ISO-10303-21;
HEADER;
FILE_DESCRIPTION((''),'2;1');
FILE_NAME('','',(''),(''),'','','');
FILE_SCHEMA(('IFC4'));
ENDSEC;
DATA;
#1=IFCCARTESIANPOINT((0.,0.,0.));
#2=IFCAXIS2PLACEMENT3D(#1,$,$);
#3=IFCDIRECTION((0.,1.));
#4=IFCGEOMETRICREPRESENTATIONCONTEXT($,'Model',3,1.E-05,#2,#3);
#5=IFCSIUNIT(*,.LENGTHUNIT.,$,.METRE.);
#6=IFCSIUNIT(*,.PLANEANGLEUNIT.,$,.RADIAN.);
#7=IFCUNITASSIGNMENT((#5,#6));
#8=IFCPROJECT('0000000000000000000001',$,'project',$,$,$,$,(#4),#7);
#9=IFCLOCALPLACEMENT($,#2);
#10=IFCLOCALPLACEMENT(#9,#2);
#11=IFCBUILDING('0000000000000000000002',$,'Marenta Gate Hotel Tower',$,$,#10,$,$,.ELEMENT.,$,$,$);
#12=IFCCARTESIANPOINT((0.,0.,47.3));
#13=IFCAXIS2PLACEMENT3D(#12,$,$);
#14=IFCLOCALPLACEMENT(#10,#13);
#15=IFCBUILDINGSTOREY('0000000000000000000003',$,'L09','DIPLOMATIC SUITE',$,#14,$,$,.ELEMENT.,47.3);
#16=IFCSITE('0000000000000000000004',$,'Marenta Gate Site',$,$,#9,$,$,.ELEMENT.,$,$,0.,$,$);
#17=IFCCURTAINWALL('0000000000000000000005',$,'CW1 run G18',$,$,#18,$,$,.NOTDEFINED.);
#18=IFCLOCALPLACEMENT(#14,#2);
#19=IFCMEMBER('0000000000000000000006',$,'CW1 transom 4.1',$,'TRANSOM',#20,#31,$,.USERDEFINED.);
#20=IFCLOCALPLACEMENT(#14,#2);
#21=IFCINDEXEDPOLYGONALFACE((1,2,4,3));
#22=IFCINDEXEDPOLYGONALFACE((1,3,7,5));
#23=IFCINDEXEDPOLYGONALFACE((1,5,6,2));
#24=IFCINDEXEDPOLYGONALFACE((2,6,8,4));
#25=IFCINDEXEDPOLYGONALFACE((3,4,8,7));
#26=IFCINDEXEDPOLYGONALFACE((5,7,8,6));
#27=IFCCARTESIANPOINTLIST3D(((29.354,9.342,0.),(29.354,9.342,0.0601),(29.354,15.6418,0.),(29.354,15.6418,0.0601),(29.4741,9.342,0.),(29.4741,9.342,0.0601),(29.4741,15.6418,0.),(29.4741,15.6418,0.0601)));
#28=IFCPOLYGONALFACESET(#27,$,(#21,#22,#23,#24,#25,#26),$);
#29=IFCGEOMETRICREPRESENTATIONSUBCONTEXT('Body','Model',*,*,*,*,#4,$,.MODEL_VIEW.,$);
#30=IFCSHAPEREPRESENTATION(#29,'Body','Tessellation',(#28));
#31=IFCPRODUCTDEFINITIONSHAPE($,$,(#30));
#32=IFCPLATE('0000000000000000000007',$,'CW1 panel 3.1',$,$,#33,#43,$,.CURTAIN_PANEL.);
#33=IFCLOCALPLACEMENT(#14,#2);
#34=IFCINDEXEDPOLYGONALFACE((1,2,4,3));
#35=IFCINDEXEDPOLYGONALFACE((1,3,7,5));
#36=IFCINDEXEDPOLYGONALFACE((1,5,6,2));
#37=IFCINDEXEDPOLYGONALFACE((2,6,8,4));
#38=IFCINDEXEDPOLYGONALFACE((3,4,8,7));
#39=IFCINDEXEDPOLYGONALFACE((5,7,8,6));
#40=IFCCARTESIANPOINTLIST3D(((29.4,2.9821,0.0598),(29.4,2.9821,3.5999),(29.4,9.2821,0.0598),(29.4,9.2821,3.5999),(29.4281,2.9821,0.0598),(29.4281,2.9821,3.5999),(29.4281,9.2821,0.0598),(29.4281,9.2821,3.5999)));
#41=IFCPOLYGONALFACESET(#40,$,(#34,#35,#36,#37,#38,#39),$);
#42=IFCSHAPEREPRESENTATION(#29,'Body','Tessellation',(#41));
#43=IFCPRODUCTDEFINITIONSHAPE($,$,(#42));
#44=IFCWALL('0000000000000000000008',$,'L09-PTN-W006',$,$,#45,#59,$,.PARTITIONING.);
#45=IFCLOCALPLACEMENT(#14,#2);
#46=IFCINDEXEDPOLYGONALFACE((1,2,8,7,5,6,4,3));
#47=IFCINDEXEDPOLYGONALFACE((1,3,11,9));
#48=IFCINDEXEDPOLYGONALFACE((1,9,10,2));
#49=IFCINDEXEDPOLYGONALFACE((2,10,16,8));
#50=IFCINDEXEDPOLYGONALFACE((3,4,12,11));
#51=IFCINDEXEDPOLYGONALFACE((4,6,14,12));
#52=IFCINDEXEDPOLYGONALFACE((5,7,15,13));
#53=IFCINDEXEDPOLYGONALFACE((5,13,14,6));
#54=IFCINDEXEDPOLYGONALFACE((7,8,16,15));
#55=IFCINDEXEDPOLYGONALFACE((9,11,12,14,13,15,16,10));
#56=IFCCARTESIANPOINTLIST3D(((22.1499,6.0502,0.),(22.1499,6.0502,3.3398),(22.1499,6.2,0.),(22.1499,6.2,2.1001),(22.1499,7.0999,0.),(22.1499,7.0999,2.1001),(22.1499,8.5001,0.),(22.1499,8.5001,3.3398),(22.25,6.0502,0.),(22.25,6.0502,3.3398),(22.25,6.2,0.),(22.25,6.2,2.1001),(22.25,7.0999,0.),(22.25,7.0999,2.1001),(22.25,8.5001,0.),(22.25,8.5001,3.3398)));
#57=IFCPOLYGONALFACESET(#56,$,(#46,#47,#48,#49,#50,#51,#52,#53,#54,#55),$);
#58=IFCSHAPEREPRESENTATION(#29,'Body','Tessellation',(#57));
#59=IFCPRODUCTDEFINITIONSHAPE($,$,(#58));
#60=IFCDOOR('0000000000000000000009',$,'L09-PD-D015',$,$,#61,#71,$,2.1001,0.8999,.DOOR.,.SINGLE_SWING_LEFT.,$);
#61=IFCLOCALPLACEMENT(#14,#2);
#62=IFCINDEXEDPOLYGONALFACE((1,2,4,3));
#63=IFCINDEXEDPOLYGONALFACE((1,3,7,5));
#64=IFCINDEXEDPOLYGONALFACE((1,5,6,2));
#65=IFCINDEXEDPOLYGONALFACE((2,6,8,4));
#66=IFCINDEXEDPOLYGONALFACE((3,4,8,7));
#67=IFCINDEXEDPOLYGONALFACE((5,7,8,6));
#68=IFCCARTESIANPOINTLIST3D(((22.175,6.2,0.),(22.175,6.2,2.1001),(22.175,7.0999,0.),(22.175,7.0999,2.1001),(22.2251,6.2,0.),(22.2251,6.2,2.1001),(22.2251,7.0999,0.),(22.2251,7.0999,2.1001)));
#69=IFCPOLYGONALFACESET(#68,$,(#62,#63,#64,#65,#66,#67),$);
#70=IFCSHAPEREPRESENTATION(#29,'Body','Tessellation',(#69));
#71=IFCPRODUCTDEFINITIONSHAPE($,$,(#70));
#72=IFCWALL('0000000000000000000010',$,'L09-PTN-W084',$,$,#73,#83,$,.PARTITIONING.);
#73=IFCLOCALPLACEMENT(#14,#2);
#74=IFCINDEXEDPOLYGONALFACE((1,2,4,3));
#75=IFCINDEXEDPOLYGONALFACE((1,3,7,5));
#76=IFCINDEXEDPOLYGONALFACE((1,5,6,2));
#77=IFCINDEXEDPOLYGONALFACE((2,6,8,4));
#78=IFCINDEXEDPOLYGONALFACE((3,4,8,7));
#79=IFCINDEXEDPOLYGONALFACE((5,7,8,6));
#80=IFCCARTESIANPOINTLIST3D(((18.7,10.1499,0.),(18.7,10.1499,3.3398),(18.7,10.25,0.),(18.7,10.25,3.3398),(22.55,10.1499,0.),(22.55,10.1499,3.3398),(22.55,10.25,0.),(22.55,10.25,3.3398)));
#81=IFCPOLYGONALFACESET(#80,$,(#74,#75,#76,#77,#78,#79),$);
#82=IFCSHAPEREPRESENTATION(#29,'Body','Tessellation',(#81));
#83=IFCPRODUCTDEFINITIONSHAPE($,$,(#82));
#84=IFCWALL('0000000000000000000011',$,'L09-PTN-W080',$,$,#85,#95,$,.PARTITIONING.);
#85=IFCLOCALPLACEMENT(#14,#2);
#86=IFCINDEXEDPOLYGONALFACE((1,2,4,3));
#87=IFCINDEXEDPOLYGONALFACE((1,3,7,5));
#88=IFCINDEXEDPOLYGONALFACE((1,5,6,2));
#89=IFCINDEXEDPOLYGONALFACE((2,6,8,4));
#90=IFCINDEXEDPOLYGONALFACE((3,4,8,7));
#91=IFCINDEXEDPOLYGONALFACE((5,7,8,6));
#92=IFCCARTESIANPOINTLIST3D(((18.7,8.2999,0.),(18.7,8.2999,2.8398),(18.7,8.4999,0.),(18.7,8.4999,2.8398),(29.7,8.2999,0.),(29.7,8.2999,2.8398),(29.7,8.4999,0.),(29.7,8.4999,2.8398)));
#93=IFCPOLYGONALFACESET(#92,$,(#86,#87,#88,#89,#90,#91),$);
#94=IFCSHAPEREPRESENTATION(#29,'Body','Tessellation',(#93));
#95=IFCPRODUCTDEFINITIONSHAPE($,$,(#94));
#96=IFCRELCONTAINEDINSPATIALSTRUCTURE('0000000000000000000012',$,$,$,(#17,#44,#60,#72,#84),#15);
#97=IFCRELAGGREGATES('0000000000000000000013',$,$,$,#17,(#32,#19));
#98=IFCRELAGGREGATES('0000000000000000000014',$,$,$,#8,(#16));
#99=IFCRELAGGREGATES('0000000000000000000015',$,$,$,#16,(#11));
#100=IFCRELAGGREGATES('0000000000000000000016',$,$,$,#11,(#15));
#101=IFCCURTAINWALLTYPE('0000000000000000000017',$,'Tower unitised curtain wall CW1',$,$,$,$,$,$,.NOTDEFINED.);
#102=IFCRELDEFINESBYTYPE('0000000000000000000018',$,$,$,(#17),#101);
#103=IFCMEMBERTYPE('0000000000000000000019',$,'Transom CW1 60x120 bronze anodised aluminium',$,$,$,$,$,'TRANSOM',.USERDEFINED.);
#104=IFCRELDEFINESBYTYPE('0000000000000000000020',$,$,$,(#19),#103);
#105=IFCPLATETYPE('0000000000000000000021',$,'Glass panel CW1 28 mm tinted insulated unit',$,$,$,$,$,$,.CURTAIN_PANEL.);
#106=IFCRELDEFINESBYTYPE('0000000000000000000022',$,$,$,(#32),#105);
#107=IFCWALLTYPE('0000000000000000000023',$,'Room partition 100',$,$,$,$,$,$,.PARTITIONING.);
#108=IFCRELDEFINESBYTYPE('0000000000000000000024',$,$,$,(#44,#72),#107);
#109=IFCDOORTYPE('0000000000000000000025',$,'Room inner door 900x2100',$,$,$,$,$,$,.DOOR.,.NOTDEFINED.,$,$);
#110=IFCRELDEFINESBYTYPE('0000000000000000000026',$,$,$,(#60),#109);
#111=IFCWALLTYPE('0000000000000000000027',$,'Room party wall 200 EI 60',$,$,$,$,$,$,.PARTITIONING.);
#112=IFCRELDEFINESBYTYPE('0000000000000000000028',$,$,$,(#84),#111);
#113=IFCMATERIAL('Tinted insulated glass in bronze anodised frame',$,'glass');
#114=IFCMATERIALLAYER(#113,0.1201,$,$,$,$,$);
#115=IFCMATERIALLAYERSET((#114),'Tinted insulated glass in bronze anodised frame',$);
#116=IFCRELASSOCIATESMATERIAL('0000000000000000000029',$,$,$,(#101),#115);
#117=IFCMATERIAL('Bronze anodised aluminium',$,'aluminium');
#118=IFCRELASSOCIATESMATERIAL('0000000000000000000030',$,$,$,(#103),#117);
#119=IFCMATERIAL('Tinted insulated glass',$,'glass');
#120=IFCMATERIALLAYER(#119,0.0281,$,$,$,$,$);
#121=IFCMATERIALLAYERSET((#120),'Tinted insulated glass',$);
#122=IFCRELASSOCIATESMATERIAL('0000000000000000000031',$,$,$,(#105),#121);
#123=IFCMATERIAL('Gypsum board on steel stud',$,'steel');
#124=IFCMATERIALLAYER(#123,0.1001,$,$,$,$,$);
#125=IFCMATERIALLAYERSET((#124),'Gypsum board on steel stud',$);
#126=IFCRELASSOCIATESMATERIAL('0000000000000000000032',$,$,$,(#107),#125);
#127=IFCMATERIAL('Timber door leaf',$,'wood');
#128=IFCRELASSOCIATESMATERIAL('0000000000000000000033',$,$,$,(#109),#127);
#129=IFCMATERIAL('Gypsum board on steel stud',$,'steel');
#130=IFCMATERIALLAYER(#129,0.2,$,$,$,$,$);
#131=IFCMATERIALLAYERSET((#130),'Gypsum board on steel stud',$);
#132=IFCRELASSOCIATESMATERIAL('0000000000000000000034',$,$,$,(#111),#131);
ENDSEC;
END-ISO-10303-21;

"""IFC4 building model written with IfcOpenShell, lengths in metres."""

from ifc_helpers import new_model, si_unit, direction, frame, frame_2d, origin, origin_2d, place, context, subcontext, project, spatial, rectangle, extrude, material, layer, layer_set, material_profile, profile_set, type_object, element, fill, aggregate, save


model = new_model("IFC4")

# Units and contexts
model_context = context("Model", 3, precision=1e-05, world=origin(), true_north=direction((0.0, 1.0)))
body_context = subcontext(model_context, "Body", "Model", "MODEL_VIEW")
ifc_project = project(units=[si_unit("LENGTHUNIT", "METRE"), si_unit("PLANEANGLEUNIT", "RADIAN")], contexts=[model_context])

# Site, building, storey
site_placement = place(None, origin())
site = spatial("IfcSite", under=ifc_project, at=site_placement, Name="Marenta Gate Site", CompositionType="ELEMENT", RefElevation=0.0)
building_placement = place(site_placement, origin())
building = spatial("IfcBuilding", under=site, at=building_placement, Name="Marenta Gate Hotel Tower", CompositionType="ELEMENT")
storey_placement = place(building_placement, frame((0.0, 0.0, 47.3)))
storey = spatial("IfcBuildingStorey", under=building, at=storey_placement, Name="L09", Description="DIPLOMATIC SUITE", CompositionType="ELEMENT", Elevation=47.3)

# Curtain wall, member, plate
ifc_material_1 = material(Name="Tinted insulated glass in bronze anodised frame", Category="glass")
ifc_layer_1 = layer(ifc_material_1, 0.1201)
ifc_layer_set_1 = layer_set([ifc_layer_1], Name="Tinted insulated glass in bronze anodised frame")
curtain_wall_type = type_object("IfcCurtainWallType", Name="Tower unitised curtain wall CW1", PredefinedType="NOTDEFINED", material=ifc_layer_set_1)
curtain_wall_placement = place(storey_placement, origin())
curtain_wall = element("IfcCurtainWall", 1, at=curtain_wall_placement, inside=storey, type_object=curtain_wall_type, Name="CW1 run G18", PredefinedType="NOTDEFINED")
ifc_material_2 = material(Name="Bronze anodised aluminium", Category="aluminium")
ifc_material_profile_1 = material_profile(ifc_material_2, rectangle(XDim=0.1201, YDim=0.0601, at=origin_2d()), Name="Transom CW1 60x120 bronze anodised aluminium")
ifc_profile_set_1 = profile_set([ifc_material_profile_1], Name="Bronze anodised aluminium")
member_type_1 = type_object("IfcMemberType", Name="Transom CW1 60x120 bronze anodised aluminium", ElementType="TRANSOM", PredefinedType="USERDEFINED", material=ifc_profile_set_1)
member_1_placement = place(storey_placement, frame((29.4141, 9.342, 0.03), z_axis=(0.0, 1.0, 0.0), x_axis=(-1.0, 0.0, 0.0)))
member_1 = element("IfcMember", 2, at=member_1_placement, type_object=member_type_1, Name="CW1 transom 4.1", ObjectType="TRANSOM", PredefinedType="USERDEFINED", context=body_context, shape_type="SweptSolid", body=[
    extrude(rectangle(XDim=0.1201, YDim=0.0601, at=origin_2d()), origin(), (0.0, 0.0, 1.0), 6.2998),
])
ifc_material_3 = material(Name="Tinted insulated glass", Category="glass")
ifc_layer_2 = layer(ifc_material_3, 0.0281)
ifc_layer_set_2 = layer_set([ifc_layer_2], Name="Tinted insulated glass")
plate_type = type_object("IfcPlateType", Name="Glass panel CW1 28 mm tinted insulated unit", PredefinedType="CURTAIN_PANEL", material=ifc_layer_set_2)
plate_placement = place(storey_placement, frame((29.4141, 6.1321, 0.0598), z_axis=(0.0, 0.0, 1.0), x_axis=(0.0, 1.0, 0.0)))
plate = element("IfcPlate", 3, at=plate_placement, type_object=plate_type, Name="CW1 panel 3.1", PredefinedType="CURTAIN_PANEL", context=body_context, shape_type="SweptSolid", body=[
    extrude(rectangle(XDim=6.3, YDim=0.0281, at=origin_2d()), origin(), (0.0, 0.0, 1.0), 3.54),
])
aggregate(curtain_wall, [plate, member_1])

# Wall, opening, door
ifc_material_4 = material(Name="Gypsum board on steel stud", Category="steel")
ifc_layer_3 = layer(ifc_material_4, 0.1001)
ifc_layer_set_3 = layer_set([ifc_layer_3], Name="Gypsum board on steel stud")
wall_type_1 = type_object("IfcWallType", Name="Room partition 100", PredefinedType="PARTITIONING", material=ifc_layer_set_3)
wall_1_placement = place(storey_placement, frame((22.2, 6.05, 0.0), z_axis=(0.0, 0.0, 1.0), x_axis=(0.0, 1.0, 0.0)))
wall_1 = element("IfcWall", 4, at=wall_1_placement, inside=storey, type_object=wall_type_1, Name="L09-PTN-W006", PredefinedType="PARTITIONING", context=body_context, shape_type="SweptSolid", body=[
    extrude(rectangle(XDim=2.45, YDim=0.1001, at=frame_2d((1.2251, 0.0))), origin(), (0.0, 0.0, 1.0), 3.3398),
])
opening_placement = place(wall_1_placement, frame((0.1499, 0.0, 0.0)))
opening = element("IfcOpeningElement", 5, at=opening_placement, cuts=wall_1, PredefinedType="OPENING", context=body_context, shape_type="SweptSolid", body=[
    extrude(rectangle(XDim=0.8999, YDim=2.1001, at=frame_2d((0.45, 1.05))), frame((0.0, 0.05, 0.0), z_axis=(0.0, -1.0, 0.0), x_axis=(1.0, 0.0, 0.0)), (0.0, 0.0, 1.0), 0.1001),
])
ifc_material_5 = material(Name="Timber door leaf", Category="wood")
door_type = type_object("IfcDoorType", Name="Room inner door 900x2100", OperationType="NOTDEFINED", PredefinedType="DOOR", material=ifc_material_5)
door_placement = place(opening_placement, origin())
door = element("IfcDoor", 6, at=door_placement, inside=storey, type_object=door_type, Name="L09-PD-D015", OperationType="SINGLE_SWING_LEFT", OverallHeight=2.1001, OverallWidth=0.8999, PredefinedType="DOOR", context=body_context, shape_type="SweptSolid", body=[
    extrude(rectangle(XDim=0.8999, YDim=2.1001, at=frame_2d((0.45, 1.05))), frame((0.0, 0.0249, 0.0), z_axis=(0.0, -1.0, 0.0), x_axis=(1.0, 0.0, 0.0)), (0.0, 0.0, 1.0), 0.05),
])
fill(opening, door)

# Walls
wall_2_placement = place(storey_placement, frame((18.7, 10.2, 0.0), z_axis=(0.0, 0.0, 1.0), x_axis=(1.0, 0.0, 0.0)))
element("IfcWall", 7, at=wall_2_placement, inside=storey, type_object=wall_type_1, Name="L09-PTN-W084", PredefinedType="PARTITIONING", context=body_context, shape_type="SweptSolid", body=[
    extrude(rectangle(XDim=3.8501, YDim=0.1001, at=frame_2d((1.925, 0.0))), origin(), (0.0, 0.0, 1.0), 3.3398),
])
ifc_material_6 = material(Name="Gypsum board on steel stud", Category="steel")
ifc_layer_4 = layer(ifc_material_6, 0.2)
ifc_layer_set_4 = layer_set([ifc_layer_4], Name="Gypsum board on steel stud")
wall_type_2 = type_object("IfcWallType", Name="Room party wall 200 EI 60", PredefinedType="PARTITIONING", material=ifc_layer_set_4)
wall_3_placement = place(storey_placement, frame((18.7, 8.3999, 0.0), z_axis=(0.0, 0.0, 1.0), x_axis=(1.0, 0.0, 0.0)))
element("IfcWall", 8, at=wall_3_placement, inside=storey, type_object=wall_type_2, Name="L09-PTN-W080", PredefinedType="PARTITIONING", context=body_context, shape_type="SweptSolid", body=[
    extrude(rectangle(XDim=11.0, YDim=0.2, at=frame_2d((5.5, 0.0))), origin(), (0.0, 0.0, 1.0), 2.8398),
])

save(model, "model.ifc")
